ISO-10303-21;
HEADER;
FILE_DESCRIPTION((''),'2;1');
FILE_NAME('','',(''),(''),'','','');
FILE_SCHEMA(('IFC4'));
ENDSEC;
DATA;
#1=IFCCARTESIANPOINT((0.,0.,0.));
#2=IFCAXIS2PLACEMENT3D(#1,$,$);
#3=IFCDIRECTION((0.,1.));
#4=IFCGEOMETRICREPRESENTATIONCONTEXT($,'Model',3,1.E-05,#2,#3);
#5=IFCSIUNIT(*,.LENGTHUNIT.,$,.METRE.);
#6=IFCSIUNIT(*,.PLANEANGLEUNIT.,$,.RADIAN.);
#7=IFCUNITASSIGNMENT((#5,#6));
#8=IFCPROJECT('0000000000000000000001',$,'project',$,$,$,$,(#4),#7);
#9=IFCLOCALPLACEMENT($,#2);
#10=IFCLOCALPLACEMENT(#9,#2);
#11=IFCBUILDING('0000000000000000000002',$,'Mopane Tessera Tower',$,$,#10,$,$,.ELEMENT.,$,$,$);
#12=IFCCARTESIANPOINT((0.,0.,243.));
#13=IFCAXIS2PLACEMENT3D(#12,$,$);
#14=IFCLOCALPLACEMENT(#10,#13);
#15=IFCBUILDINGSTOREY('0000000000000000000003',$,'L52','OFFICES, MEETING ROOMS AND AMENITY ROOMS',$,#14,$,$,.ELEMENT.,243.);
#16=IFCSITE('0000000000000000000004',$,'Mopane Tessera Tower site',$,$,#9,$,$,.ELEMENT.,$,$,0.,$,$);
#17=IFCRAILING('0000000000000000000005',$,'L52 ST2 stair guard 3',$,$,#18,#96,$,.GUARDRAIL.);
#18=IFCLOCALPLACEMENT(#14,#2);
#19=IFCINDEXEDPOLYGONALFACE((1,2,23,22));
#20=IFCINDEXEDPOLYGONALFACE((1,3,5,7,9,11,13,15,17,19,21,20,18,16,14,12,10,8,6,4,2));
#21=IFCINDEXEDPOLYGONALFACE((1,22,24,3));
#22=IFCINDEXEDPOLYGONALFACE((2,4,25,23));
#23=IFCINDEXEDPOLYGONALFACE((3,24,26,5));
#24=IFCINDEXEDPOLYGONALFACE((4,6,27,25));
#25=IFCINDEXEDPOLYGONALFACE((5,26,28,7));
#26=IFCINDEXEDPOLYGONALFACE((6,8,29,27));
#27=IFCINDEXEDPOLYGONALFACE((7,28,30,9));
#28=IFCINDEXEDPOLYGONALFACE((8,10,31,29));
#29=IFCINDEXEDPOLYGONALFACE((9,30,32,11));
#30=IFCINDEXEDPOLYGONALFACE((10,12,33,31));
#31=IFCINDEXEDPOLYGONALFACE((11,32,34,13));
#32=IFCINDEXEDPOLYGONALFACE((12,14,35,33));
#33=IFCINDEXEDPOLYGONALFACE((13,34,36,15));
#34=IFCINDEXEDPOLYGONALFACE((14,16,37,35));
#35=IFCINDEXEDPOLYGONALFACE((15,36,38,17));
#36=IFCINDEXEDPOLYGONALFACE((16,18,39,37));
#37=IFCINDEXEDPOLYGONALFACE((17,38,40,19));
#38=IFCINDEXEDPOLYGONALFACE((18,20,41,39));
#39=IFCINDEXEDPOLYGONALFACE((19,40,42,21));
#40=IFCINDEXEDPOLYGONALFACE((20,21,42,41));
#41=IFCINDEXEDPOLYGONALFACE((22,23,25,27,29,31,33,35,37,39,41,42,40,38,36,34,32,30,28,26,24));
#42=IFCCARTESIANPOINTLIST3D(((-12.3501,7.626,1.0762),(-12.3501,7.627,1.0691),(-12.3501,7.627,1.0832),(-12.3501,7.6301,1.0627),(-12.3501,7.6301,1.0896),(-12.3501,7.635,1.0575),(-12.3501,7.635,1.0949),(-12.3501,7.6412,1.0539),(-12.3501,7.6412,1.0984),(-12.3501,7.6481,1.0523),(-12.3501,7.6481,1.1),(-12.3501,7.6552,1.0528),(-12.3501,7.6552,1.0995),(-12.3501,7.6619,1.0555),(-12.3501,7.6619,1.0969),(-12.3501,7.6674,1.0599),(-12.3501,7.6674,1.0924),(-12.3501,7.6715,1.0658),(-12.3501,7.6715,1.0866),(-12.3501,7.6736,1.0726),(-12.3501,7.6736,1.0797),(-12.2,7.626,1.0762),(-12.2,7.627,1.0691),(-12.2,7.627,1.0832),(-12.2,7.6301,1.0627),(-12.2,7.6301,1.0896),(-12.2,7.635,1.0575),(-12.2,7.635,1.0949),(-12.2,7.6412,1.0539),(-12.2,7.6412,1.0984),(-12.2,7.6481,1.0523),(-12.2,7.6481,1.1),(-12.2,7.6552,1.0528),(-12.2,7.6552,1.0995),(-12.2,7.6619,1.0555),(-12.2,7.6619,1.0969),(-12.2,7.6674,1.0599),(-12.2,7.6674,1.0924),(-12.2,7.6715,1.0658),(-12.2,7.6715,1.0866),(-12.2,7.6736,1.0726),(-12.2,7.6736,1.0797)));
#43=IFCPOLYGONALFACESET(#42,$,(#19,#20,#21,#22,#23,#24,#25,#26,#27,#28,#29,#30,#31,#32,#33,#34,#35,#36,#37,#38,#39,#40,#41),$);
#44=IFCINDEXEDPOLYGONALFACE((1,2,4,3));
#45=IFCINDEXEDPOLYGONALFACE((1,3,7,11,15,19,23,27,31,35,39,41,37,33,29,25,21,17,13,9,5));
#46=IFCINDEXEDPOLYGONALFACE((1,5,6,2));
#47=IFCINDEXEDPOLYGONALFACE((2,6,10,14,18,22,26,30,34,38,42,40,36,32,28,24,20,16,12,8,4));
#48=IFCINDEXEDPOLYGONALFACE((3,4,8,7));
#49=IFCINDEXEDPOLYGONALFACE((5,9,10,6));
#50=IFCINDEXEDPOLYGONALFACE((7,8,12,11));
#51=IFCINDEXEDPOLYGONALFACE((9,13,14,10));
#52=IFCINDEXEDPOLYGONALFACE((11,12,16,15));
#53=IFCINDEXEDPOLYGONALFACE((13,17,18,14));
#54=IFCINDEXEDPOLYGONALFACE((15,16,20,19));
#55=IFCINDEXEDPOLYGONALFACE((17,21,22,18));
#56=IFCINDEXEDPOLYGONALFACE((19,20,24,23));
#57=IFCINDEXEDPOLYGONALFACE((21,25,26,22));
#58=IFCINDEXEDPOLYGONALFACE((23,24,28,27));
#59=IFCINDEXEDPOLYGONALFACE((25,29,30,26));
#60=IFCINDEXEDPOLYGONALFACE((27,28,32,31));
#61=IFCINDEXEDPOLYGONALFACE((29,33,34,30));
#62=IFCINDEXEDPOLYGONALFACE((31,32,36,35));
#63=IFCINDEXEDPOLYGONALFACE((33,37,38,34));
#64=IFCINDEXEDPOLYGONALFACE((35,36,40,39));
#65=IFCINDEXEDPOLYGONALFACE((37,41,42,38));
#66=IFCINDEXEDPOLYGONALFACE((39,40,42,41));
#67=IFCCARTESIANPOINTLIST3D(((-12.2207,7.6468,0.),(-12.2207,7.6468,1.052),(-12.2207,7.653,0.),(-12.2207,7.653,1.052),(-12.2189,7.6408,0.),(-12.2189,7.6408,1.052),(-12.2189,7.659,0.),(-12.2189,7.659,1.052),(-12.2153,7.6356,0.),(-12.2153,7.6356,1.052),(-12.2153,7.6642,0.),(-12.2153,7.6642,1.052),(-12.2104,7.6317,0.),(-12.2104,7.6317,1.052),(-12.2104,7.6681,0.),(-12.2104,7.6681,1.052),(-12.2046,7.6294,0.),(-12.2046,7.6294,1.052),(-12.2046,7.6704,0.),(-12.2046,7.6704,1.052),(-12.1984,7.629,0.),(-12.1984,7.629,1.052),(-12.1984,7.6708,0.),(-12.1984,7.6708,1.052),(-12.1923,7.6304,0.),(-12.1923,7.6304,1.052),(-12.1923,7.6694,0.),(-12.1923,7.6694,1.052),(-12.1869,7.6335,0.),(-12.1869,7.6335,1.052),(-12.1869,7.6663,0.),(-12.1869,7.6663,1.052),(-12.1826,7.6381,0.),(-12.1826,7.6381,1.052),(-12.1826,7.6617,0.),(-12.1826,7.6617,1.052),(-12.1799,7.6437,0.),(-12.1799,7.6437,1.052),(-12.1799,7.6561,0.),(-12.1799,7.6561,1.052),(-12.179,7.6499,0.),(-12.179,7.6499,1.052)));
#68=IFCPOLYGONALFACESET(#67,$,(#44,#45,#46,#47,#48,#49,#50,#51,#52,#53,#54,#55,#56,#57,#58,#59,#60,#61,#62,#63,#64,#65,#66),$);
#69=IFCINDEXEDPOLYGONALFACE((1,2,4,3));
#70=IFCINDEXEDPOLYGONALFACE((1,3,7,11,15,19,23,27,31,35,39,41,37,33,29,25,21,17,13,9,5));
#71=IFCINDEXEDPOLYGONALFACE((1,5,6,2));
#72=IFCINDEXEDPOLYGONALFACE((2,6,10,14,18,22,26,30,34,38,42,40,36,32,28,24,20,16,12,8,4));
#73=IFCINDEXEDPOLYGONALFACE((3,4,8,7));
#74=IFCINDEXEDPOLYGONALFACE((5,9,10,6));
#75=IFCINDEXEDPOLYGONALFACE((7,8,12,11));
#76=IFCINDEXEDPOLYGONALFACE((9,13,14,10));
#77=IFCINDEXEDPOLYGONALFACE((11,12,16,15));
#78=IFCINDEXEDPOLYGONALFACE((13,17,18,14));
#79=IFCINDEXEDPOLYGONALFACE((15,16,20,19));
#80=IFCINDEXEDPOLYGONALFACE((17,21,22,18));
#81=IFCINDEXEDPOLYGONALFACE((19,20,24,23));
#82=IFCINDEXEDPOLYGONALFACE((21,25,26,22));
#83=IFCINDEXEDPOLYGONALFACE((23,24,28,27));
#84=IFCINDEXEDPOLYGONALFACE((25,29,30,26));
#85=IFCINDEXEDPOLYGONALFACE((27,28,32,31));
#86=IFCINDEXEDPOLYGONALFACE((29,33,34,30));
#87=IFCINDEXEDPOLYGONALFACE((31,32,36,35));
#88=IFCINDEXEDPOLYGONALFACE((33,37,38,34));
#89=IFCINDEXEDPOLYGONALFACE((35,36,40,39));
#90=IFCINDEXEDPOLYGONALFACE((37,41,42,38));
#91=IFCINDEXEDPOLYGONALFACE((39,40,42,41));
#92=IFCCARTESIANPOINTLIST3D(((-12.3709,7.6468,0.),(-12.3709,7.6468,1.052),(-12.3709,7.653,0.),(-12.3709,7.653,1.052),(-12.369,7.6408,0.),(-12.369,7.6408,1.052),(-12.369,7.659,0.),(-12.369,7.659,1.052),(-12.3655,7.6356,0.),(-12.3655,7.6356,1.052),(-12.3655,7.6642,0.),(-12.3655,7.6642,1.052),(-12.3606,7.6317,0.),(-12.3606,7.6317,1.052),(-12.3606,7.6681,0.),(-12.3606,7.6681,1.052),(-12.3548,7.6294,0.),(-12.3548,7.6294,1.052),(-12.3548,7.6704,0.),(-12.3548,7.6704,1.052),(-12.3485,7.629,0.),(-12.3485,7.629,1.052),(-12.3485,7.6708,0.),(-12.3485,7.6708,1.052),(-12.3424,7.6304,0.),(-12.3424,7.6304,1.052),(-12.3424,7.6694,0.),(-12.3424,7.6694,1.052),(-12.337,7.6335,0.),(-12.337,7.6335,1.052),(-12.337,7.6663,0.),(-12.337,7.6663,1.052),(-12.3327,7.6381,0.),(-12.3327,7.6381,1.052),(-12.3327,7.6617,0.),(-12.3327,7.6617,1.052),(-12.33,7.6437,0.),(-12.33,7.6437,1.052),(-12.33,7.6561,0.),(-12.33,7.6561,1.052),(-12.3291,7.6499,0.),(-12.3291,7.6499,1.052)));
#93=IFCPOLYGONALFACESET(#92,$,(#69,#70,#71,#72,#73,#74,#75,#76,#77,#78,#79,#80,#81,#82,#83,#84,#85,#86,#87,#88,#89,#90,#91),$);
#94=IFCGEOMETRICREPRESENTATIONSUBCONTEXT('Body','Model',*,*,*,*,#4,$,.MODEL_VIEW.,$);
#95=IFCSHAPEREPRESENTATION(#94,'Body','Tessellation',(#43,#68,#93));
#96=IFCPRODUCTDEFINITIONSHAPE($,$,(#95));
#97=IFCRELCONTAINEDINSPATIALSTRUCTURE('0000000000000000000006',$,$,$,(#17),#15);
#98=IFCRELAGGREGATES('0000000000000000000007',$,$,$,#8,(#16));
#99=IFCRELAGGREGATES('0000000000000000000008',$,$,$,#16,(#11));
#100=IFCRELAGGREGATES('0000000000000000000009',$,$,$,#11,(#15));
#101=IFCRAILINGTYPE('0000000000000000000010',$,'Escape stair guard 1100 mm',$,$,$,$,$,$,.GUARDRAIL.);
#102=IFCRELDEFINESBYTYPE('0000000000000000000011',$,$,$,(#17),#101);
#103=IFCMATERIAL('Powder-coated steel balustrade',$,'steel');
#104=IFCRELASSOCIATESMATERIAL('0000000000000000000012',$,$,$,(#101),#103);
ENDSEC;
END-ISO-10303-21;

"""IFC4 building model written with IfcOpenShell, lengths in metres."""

from ifc_helpers import new_model, si_unit, direction, frame, origin, origin_2d, place, context, subcontext, project, spatial, circle, extrude, material, type_object, element, save


model = new_model("IFC4")

# Units and contexts
model_context = context("Model", 3, precision=1e-05, world=origin(), true_north=direction((0.0, 1.0)))
body_context = subcontext(model_context, "Body", "Model", "MODEL_VIEW")
ifc_project = project(units=[si_unit("LENGTHUNIT", "METRE"), si_unit("PLANEANGLEUNIT", "RADIAN")], contexts=[model_context])

# Site, building, storey
site_placement = place(None, origin())
site = spatial("IfcSite", under=ifc_project, at=site_placement, Name="Mopane Tessera Tower site", CompositionType="ELEMENT", RefElevation=0.0)
building_placement = place(site_placement, origin())
building = spatial("IfcBuilding", under=site, at=building_placement, Name="Mopane Tessera Tower", CompositionType="ELEMENT")
storey_placement = place(building_placement, frame((0.0, 0.0, 243.0)))
storey = spatial("IfcBuildingStorey", under=building, at=storey_placement, Name="L52", Description="OFFICES, MEETING ROOMS AND AMENITY ROOMS", CompositionType="ELEMENT", Elevation=243.0)

# Railing
ifc_material_1 = material(Name="Powder-coated steel balustrade", Category="steel")
railing_type_1 = type_object("IfcRailingType", Name="Escape stair guard 1100 mm", PredefinedType="GUARDRAIL", material=ifc_material_1)
railing_1_placement = place(storey_placement, frame((-12.2, 7.6499, 0.0)))
element("IfcRailing", 1, at=railing_1_placement, inside=storey, type_object=railing_type_1, Name="L52 ST2 stair guard 3", PredefinedType="GUARDRAIL", context=body_context, shape_type="SweptSolid", body=[
    extrude(circle(Radius=0.0239, at=origin_2d()), frame((0.0, 0.0, 1.0762), z_axis=(-1.0, 0.0, 0.0), x_axis=(0.0, -1.0, 0.0)), (0.0, 0.0, 1.0), 0.1501),
    extrude(circle(Radius=0.021, at=origin_2d()), origin(), (0.0, 0.0, 1.0), 1.052),
    extrude(circle(Radius=0.021, at=origin_2d()), frame((-0.1501, 0.0, 0.0)), (0.0, 0.0, 1.0), 1.052),
])

save(model, "model.ifc")
